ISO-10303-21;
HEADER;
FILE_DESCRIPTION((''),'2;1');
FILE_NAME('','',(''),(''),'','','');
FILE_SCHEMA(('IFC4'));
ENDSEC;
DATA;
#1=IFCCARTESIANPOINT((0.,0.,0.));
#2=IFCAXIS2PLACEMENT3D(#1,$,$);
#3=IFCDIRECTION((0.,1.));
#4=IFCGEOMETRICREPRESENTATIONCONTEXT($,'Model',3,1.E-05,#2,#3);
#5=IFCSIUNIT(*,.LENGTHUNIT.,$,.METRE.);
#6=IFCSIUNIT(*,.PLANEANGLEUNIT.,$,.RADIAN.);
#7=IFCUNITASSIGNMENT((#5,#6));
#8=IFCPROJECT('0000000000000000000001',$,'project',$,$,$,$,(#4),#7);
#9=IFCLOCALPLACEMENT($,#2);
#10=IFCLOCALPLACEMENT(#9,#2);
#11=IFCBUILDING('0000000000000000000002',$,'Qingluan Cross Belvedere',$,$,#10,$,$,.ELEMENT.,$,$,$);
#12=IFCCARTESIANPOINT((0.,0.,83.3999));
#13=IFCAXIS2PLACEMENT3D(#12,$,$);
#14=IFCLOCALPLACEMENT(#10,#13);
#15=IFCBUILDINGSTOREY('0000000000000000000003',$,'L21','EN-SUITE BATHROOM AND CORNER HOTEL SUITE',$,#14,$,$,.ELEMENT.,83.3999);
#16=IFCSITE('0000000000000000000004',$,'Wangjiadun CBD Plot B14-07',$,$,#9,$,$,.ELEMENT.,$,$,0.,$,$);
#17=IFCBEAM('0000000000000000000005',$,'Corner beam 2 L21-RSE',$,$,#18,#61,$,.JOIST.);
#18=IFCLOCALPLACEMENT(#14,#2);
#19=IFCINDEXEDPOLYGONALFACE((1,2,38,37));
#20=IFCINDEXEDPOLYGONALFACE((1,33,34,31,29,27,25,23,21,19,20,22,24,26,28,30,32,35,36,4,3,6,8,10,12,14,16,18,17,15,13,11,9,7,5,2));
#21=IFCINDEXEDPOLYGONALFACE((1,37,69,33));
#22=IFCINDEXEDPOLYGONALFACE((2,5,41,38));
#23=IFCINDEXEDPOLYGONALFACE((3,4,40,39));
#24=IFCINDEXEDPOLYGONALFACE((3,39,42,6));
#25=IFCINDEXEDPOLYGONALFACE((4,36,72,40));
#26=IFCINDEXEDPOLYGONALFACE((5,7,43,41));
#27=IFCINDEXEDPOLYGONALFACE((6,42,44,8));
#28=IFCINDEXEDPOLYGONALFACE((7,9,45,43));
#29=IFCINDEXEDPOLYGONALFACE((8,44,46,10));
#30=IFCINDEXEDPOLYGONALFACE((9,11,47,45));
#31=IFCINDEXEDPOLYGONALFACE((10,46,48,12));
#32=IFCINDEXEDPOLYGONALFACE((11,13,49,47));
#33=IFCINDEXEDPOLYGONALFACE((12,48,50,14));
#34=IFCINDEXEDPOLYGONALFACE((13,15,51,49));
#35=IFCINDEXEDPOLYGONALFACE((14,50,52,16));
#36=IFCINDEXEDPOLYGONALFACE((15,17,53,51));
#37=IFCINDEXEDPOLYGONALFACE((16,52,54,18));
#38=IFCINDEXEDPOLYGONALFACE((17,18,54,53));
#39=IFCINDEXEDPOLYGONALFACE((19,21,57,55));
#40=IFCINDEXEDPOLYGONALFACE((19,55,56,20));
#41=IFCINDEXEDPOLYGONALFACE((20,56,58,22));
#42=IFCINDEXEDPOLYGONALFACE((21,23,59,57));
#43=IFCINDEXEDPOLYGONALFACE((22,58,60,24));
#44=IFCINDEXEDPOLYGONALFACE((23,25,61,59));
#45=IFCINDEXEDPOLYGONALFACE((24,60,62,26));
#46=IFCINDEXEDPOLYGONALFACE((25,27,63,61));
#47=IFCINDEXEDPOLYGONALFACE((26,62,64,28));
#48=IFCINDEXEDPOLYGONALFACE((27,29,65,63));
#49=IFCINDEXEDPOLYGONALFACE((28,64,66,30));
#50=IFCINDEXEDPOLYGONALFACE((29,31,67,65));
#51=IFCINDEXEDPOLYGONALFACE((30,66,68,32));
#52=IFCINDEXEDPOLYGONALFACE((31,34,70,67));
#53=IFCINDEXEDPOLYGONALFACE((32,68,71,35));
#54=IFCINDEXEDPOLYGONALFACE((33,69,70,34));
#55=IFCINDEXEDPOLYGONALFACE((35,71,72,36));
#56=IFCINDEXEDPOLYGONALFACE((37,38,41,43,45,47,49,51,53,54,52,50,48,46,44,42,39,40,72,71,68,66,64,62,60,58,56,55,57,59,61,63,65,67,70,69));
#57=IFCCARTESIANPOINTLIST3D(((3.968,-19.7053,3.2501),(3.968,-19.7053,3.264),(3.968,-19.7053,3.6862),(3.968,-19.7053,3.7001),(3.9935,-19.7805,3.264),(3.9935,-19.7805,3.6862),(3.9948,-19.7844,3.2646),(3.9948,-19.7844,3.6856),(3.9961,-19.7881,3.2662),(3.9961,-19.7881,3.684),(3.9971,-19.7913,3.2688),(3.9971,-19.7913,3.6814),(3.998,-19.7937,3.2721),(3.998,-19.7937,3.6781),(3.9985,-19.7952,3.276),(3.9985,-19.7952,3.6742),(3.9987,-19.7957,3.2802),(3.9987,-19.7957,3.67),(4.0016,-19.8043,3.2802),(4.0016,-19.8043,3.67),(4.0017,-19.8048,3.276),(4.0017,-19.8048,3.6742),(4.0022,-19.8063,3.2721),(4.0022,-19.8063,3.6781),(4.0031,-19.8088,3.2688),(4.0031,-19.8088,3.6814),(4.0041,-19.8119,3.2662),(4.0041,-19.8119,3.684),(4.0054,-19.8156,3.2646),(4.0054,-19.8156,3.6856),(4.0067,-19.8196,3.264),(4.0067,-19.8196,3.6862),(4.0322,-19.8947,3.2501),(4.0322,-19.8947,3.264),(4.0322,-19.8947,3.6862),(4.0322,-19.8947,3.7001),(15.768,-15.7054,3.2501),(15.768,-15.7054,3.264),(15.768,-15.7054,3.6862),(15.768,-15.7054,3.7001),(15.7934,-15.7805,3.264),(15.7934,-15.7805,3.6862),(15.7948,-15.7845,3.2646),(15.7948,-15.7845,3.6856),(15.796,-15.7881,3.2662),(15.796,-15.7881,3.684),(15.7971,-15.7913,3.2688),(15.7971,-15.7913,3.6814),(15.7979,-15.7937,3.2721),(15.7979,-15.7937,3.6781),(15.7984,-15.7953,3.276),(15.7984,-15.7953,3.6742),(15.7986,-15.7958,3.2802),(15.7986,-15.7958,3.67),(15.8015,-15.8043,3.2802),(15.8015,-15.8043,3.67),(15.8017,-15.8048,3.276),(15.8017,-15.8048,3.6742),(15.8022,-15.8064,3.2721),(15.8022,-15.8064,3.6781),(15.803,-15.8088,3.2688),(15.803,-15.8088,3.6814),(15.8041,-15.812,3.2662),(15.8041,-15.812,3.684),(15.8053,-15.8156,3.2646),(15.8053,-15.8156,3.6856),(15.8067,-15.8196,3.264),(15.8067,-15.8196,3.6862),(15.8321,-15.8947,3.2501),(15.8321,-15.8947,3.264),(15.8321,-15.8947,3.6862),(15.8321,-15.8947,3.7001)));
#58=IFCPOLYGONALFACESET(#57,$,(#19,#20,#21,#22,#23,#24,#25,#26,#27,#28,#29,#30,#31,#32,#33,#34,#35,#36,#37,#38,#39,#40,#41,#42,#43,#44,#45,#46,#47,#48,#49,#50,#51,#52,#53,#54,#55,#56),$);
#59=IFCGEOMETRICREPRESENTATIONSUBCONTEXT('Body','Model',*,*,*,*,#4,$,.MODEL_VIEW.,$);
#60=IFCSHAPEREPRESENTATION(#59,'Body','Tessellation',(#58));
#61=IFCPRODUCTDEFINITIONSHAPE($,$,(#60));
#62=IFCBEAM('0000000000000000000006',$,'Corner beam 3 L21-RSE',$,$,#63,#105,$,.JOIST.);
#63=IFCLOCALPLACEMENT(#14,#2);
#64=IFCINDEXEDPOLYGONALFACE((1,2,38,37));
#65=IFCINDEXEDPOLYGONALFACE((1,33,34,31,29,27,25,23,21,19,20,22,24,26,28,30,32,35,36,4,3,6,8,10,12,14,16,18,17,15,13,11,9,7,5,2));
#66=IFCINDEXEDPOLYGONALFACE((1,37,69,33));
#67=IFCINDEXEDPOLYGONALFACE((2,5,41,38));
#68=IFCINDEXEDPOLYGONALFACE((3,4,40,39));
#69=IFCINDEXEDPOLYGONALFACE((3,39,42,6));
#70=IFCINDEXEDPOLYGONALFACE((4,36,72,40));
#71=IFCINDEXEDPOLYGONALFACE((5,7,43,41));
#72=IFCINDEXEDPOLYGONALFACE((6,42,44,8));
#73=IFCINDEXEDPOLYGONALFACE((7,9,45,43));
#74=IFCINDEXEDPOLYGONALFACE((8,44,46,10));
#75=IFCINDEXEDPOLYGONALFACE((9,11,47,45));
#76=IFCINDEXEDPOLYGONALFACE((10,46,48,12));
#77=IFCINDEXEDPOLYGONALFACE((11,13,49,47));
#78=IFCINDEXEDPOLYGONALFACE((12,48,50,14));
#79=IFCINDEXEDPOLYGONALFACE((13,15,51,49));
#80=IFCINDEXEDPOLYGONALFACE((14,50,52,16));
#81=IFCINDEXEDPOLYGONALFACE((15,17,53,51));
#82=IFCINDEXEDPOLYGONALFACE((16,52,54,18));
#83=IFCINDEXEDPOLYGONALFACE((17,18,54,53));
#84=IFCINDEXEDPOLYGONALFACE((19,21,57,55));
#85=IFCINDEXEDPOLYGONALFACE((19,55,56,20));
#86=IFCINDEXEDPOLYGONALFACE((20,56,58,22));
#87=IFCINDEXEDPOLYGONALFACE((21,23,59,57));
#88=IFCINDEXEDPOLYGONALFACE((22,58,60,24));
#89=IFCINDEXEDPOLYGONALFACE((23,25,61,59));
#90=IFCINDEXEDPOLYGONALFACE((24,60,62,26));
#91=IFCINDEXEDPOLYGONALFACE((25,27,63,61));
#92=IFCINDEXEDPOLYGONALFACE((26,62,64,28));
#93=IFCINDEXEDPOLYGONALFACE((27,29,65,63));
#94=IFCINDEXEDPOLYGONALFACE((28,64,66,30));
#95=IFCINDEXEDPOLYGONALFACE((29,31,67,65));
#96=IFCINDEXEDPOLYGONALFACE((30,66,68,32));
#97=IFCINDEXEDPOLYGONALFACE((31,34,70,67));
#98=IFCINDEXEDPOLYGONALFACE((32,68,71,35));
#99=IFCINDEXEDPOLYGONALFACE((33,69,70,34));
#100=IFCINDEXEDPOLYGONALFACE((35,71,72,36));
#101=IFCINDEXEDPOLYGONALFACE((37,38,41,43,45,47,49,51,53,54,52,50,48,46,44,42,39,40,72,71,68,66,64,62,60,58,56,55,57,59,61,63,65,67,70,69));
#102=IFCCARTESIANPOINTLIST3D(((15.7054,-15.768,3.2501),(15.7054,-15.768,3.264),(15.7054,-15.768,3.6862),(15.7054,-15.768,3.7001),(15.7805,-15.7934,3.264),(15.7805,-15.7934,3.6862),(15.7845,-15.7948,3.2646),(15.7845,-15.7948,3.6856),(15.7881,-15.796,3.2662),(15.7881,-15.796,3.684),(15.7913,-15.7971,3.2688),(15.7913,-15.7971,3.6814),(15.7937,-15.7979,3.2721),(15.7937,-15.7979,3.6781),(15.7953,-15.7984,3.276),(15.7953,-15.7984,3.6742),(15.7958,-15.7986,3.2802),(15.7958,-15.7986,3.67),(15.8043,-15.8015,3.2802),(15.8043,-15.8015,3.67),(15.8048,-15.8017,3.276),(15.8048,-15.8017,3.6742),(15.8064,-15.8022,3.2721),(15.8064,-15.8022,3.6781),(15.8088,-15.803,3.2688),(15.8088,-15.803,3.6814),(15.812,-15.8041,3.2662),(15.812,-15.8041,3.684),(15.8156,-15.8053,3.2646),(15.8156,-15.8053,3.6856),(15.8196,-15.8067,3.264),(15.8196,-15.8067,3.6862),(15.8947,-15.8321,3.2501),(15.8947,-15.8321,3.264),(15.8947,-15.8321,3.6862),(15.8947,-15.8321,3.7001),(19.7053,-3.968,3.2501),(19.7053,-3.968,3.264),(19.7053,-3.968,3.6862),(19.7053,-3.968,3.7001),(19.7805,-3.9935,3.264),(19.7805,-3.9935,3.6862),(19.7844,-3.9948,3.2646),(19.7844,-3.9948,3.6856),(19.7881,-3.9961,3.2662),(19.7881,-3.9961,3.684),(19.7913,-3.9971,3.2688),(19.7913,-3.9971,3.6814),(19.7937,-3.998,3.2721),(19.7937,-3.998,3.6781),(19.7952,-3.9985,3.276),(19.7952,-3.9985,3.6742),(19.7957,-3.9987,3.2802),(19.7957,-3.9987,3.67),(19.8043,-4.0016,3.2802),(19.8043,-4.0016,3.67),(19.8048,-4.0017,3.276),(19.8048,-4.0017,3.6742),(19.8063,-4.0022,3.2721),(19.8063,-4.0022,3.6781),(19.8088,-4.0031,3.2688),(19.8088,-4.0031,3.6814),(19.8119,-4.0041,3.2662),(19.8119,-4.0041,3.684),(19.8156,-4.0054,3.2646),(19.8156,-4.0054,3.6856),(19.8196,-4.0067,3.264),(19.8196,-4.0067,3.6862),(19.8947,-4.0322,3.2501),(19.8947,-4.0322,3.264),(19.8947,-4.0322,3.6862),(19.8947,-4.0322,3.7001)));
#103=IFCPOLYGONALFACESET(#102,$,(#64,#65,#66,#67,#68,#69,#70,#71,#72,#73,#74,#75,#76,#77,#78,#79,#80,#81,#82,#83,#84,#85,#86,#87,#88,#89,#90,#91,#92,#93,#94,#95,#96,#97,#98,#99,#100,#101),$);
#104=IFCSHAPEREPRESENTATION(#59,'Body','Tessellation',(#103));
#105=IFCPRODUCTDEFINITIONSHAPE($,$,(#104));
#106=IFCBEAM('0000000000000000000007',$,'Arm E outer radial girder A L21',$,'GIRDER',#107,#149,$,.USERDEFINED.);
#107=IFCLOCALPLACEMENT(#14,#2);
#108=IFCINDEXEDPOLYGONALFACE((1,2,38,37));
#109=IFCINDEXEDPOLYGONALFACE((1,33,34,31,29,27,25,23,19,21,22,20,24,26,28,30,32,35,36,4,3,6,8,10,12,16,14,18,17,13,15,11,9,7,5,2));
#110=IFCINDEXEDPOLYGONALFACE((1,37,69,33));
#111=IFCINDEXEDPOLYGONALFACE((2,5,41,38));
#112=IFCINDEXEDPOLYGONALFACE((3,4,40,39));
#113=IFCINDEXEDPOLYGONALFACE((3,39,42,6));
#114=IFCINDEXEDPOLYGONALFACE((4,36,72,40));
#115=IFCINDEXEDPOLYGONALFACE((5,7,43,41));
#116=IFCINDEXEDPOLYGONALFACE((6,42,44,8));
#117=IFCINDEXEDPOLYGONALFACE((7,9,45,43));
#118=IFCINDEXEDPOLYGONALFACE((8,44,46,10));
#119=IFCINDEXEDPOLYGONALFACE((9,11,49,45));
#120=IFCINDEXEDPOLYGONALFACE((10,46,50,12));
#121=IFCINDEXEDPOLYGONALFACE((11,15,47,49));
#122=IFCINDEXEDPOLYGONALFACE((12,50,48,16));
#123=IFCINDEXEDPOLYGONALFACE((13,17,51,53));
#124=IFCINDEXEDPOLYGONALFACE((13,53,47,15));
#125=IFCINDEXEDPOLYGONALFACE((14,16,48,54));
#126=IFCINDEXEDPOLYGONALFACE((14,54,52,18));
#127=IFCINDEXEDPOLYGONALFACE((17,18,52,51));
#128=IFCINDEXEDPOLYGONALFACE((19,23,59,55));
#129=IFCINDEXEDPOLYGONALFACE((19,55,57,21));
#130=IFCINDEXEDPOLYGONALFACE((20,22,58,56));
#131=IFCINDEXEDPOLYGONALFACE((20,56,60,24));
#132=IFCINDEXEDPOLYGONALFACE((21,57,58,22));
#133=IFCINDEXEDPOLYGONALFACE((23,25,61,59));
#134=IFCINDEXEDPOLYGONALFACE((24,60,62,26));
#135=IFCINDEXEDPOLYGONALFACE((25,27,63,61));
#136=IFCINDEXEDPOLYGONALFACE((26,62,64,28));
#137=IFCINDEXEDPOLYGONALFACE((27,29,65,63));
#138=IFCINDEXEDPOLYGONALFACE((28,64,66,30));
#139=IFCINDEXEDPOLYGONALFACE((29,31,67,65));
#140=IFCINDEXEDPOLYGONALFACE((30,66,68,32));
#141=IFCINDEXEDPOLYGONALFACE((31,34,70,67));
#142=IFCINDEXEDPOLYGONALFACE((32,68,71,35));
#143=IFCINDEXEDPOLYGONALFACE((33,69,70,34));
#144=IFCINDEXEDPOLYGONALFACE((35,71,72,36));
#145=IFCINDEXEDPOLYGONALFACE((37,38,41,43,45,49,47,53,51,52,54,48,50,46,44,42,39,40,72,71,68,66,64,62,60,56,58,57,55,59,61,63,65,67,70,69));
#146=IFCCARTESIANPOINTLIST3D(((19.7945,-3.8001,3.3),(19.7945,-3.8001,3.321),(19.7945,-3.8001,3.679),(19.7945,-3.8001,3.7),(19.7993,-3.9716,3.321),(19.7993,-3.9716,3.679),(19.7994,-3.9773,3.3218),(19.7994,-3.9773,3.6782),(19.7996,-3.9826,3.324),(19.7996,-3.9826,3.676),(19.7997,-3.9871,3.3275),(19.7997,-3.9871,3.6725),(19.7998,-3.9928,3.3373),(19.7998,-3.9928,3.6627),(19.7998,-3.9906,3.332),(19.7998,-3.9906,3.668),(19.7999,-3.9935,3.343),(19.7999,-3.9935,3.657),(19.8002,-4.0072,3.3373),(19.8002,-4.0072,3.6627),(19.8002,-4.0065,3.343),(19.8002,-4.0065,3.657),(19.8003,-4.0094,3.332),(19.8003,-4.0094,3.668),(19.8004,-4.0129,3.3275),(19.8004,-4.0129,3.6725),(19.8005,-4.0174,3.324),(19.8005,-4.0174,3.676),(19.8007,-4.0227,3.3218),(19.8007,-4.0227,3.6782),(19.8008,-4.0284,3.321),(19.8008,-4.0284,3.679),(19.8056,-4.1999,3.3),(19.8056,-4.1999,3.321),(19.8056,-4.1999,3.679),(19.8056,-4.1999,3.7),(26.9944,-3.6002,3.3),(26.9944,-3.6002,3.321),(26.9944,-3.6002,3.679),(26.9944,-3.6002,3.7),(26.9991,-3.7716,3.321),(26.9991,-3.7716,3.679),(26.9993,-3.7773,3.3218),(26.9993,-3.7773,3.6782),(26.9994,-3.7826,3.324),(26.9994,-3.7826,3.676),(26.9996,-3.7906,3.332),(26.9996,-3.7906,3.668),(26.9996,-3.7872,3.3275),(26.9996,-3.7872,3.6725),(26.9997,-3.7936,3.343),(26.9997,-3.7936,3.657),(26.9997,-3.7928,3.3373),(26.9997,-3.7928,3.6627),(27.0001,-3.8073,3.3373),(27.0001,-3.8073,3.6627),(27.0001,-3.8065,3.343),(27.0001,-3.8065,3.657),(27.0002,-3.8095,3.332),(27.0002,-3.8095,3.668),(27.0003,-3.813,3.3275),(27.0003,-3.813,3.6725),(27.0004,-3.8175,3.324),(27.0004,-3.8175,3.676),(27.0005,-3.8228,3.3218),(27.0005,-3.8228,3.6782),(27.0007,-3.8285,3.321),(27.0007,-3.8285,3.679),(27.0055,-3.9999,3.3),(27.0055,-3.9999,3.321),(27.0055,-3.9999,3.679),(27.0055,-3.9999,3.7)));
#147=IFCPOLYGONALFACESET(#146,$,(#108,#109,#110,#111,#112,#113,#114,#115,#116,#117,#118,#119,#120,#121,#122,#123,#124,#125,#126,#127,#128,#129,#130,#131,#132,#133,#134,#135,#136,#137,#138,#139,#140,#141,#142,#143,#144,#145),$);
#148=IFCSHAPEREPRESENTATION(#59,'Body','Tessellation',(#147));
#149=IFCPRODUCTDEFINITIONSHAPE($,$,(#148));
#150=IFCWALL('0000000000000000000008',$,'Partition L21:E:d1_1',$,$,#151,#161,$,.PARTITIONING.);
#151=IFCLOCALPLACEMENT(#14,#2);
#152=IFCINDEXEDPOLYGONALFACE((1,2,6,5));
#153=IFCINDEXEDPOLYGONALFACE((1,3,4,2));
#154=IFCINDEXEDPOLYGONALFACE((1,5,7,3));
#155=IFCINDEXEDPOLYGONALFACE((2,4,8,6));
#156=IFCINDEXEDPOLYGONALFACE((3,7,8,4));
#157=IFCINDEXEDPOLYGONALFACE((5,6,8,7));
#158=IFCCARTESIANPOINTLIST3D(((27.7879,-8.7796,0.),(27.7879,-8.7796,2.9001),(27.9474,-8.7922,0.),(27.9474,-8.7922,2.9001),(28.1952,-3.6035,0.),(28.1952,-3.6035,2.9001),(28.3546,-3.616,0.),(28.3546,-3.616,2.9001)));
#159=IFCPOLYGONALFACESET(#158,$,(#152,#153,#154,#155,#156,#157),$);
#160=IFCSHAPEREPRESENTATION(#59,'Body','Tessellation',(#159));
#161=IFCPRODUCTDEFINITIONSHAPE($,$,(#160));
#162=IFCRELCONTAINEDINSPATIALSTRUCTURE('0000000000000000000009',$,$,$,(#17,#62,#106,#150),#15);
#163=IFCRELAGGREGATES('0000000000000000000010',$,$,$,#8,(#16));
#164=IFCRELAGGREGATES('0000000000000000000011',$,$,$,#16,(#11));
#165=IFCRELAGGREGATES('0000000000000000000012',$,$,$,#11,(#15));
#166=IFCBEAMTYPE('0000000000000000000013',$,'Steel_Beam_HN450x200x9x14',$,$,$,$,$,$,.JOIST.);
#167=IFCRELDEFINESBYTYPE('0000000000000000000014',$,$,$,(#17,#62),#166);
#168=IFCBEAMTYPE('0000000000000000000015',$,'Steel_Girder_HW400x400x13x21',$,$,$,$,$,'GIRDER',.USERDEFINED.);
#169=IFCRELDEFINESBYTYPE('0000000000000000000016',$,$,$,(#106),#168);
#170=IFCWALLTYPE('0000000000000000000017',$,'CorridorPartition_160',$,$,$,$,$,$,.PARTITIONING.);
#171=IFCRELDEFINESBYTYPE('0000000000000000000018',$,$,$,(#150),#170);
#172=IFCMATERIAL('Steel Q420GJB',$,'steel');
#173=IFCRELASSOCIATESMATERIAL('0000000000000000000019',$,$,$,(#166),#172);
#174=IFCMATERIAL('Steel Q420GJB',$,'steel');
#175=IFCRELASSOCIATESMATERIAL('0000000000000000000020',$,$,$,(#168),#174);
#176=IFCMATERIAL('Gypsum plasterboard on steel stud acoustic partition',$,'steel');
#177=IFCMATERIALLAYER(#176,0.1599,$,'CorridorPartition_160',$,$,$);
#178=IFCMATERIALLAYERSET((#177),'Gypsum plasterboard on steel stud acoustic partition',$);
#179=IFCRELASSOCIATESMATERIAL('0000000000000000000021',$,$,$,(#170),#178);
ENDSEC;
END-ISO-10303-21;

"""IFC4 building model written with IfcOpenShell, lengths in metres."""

from ifc_helpers import new_model, si_unit, direction, frame, frame_2d, origin, origin_2d, place, context, subcontext, project, spatial, rectangle, i_section, extrude, material, layer, layer_set, material_profile, profile_set, type_object, element, save


model = new_model("IFC4")

# Units and contexts
model_context = context("Model", 3, precision=1e-05, world=origin(), true_north=direction((0.0, 1.0)))
body_context = subcontext(model_context, "Body", "Model", "MODEL_VIEW")
ifc_project = project(units=[si_unit("LENGTHUNIT", "METRE"), si_unit("PLANEANGLEUNIT", "RADIAN")], contexts=[model_context])

# Site, building, storey
site_placement = place(None, origin())
site = spatial("IfcSite", under=ifc_project, at=site_placement, Name="Wangjiadun CBD Plot B14-07", CompositionType="ELEMENT", RefElevation=0.0)
building_placement = place(site_placement, origin())
building = spatial("IfcBuilding", under=site, at=building_placement, Name="Qingluan Cross Belvedere", CompositionType="ELEMENT")
storey_placement = place(building_placement, frame((0.0, 0.0, 83.3999)))
storey = spatial("IfcBuildingStorey", under=building, at=storey_placement, Name="L21", Description="EN-SUITE BATHROOM AND CORNER HOTEL SUITE", CompositionType="ELEMENT", Elevation=83.3999)

# Beams
ifc_material_1 = material(Name="Steel Q420GJB", Category="steel")
ifc_material_profile_1 = material_profile(ifc_material_1, i_section(OverallWidth=0.2, OverallDepth=0.45, WebThickness=0.009, FlangeThickness=0.0139, FilletRadius=0.0161, at=origin_2d()), Name="HN450x200x9x14")
ifc_profile_set_1 = profile_set([ifc_material_profile_1], Name="Steel Q420GJB")
beam_type_1 = type_object("IfcBeamType", Name="Steel_Beam_HN450x200x9x14", PredefinedType="JOIST", material=ifc_profile_set_1)
for number, where, z_axis, x_axis, name in (
    (1, (15.8, -15.8, 3.4751), (-0.947066, -0.321038, 0.0), (0.321038, -0.947066, 0.0), "Corner beam 2 L21-RSE"),
    (2, (15.8, -15.8, 3.4751), (0.321038, 0.947066, 0.0), (-0.947066, 0.321038, 0.0), "Corner beam 3 L21-RSE"),
):
    element("IfcBeam", number, at=place(storey_placement, frame(where, z_axis=z_axis, x_axis=x_axis)), inside=storey, type_object=beam_type_1, Name=name, PredefinedType="JOIST", context=body_context, shape_type="SweptSolid", body=[
        extrude(i_section(OverallWidth=0.2, OverallDepth=0.45, WebThickness=0.009, FlangeThickness=0.0139, FilletRadius=0.0161, at=origin_2d()), origin(), (0.0, 0.0, 1.0), 12.4595),
    ])
ifc_material_2 = material(Name="Steel Q420GJB", Category="steel")
ifc_material_profile_2 = material_profile(ifc_material_2, i_section(OverallWidth=0.3999, OverallDepth=0.3999, WebThickness=0.0129, FlangeThickness=0.021, FilletRadius=0.022, at=origin_2d()), Name="HW400x400x13x21")
ifc_profile_set_2 = profile_set([ifc_material_profile_2], Name="Steel Q420GJB")
beam_type_2 = type_object("IfcBeamType", Name="Steel_Girder_HW400x400x13x21", ElementType="GIRDER", PredefinedType="USERDEFINED", material=ifc_profile_set_2)
beam_1_placement = place(storey_placement, frame((19.8, -4.0, 3.5), z_axis=(0.999615, 0.02776, 0.0), x_axis=(-0.02776, 0.999615, 0.0)))
element("IfcBeam", 3, at=beam_1_placement, inside=storey, type_object=beam_type_2, Name="Arm E outer radial girder A L21", ObjectType="GIRDER", PredefinedType="USERDEFINED", context=body_context, shape_type="SweptSolid", body=[
    extrude(i_section(OverallWidth=0.3999, OverallDepth=0.3999, WebThickness=0.0129, FlangeThickness=0.021, FilletRadius=0.022, at=origin_2d()), origin(), (0.0, 0.0, 1.0), 7.2026),
])

# Wall
ifc_material_3 = material(Name="Gypsum plasterboard on steel stud acoustic partition", Category="steel")
ifc_layer_1 = layer(ifc_material_3, 0.1599, Name="CorridorPartition_160")
ifc_layer_set_1 = layer_set([ifc_layer_1], Name="Gypsum plasterboard on steel stud acoustic partition")
wall_type_1 = type_object("IfcWallType", Name="CorridorPartition_160", PredefinedType="PARTITIONING", material=ifc_layer_set_1)
wall_1_placement = place(storey_placement, frame((28.2749, -3.6096, 0.0), z_axis=(0.0, 0.0, 1.0), x_axis=(-0.078433, -0.996919, 0.0)))
element("IfcWall", 4, at=wall_1_placement, inside=storey, type_object=wall_type_1, Name="Partition L21:E:d1_1", PredefinedType="PARTITIONING", context=body_context, shape_type="SweptSolid", body=[
    extrude(rectangle(XDim=5.1921, YDim=0.1599, at=frame_2d((2.5962, 0.0))), origin(), (0.0, 0.0, 1.0), 2.9001),
])

save(model, "model.ifc")
